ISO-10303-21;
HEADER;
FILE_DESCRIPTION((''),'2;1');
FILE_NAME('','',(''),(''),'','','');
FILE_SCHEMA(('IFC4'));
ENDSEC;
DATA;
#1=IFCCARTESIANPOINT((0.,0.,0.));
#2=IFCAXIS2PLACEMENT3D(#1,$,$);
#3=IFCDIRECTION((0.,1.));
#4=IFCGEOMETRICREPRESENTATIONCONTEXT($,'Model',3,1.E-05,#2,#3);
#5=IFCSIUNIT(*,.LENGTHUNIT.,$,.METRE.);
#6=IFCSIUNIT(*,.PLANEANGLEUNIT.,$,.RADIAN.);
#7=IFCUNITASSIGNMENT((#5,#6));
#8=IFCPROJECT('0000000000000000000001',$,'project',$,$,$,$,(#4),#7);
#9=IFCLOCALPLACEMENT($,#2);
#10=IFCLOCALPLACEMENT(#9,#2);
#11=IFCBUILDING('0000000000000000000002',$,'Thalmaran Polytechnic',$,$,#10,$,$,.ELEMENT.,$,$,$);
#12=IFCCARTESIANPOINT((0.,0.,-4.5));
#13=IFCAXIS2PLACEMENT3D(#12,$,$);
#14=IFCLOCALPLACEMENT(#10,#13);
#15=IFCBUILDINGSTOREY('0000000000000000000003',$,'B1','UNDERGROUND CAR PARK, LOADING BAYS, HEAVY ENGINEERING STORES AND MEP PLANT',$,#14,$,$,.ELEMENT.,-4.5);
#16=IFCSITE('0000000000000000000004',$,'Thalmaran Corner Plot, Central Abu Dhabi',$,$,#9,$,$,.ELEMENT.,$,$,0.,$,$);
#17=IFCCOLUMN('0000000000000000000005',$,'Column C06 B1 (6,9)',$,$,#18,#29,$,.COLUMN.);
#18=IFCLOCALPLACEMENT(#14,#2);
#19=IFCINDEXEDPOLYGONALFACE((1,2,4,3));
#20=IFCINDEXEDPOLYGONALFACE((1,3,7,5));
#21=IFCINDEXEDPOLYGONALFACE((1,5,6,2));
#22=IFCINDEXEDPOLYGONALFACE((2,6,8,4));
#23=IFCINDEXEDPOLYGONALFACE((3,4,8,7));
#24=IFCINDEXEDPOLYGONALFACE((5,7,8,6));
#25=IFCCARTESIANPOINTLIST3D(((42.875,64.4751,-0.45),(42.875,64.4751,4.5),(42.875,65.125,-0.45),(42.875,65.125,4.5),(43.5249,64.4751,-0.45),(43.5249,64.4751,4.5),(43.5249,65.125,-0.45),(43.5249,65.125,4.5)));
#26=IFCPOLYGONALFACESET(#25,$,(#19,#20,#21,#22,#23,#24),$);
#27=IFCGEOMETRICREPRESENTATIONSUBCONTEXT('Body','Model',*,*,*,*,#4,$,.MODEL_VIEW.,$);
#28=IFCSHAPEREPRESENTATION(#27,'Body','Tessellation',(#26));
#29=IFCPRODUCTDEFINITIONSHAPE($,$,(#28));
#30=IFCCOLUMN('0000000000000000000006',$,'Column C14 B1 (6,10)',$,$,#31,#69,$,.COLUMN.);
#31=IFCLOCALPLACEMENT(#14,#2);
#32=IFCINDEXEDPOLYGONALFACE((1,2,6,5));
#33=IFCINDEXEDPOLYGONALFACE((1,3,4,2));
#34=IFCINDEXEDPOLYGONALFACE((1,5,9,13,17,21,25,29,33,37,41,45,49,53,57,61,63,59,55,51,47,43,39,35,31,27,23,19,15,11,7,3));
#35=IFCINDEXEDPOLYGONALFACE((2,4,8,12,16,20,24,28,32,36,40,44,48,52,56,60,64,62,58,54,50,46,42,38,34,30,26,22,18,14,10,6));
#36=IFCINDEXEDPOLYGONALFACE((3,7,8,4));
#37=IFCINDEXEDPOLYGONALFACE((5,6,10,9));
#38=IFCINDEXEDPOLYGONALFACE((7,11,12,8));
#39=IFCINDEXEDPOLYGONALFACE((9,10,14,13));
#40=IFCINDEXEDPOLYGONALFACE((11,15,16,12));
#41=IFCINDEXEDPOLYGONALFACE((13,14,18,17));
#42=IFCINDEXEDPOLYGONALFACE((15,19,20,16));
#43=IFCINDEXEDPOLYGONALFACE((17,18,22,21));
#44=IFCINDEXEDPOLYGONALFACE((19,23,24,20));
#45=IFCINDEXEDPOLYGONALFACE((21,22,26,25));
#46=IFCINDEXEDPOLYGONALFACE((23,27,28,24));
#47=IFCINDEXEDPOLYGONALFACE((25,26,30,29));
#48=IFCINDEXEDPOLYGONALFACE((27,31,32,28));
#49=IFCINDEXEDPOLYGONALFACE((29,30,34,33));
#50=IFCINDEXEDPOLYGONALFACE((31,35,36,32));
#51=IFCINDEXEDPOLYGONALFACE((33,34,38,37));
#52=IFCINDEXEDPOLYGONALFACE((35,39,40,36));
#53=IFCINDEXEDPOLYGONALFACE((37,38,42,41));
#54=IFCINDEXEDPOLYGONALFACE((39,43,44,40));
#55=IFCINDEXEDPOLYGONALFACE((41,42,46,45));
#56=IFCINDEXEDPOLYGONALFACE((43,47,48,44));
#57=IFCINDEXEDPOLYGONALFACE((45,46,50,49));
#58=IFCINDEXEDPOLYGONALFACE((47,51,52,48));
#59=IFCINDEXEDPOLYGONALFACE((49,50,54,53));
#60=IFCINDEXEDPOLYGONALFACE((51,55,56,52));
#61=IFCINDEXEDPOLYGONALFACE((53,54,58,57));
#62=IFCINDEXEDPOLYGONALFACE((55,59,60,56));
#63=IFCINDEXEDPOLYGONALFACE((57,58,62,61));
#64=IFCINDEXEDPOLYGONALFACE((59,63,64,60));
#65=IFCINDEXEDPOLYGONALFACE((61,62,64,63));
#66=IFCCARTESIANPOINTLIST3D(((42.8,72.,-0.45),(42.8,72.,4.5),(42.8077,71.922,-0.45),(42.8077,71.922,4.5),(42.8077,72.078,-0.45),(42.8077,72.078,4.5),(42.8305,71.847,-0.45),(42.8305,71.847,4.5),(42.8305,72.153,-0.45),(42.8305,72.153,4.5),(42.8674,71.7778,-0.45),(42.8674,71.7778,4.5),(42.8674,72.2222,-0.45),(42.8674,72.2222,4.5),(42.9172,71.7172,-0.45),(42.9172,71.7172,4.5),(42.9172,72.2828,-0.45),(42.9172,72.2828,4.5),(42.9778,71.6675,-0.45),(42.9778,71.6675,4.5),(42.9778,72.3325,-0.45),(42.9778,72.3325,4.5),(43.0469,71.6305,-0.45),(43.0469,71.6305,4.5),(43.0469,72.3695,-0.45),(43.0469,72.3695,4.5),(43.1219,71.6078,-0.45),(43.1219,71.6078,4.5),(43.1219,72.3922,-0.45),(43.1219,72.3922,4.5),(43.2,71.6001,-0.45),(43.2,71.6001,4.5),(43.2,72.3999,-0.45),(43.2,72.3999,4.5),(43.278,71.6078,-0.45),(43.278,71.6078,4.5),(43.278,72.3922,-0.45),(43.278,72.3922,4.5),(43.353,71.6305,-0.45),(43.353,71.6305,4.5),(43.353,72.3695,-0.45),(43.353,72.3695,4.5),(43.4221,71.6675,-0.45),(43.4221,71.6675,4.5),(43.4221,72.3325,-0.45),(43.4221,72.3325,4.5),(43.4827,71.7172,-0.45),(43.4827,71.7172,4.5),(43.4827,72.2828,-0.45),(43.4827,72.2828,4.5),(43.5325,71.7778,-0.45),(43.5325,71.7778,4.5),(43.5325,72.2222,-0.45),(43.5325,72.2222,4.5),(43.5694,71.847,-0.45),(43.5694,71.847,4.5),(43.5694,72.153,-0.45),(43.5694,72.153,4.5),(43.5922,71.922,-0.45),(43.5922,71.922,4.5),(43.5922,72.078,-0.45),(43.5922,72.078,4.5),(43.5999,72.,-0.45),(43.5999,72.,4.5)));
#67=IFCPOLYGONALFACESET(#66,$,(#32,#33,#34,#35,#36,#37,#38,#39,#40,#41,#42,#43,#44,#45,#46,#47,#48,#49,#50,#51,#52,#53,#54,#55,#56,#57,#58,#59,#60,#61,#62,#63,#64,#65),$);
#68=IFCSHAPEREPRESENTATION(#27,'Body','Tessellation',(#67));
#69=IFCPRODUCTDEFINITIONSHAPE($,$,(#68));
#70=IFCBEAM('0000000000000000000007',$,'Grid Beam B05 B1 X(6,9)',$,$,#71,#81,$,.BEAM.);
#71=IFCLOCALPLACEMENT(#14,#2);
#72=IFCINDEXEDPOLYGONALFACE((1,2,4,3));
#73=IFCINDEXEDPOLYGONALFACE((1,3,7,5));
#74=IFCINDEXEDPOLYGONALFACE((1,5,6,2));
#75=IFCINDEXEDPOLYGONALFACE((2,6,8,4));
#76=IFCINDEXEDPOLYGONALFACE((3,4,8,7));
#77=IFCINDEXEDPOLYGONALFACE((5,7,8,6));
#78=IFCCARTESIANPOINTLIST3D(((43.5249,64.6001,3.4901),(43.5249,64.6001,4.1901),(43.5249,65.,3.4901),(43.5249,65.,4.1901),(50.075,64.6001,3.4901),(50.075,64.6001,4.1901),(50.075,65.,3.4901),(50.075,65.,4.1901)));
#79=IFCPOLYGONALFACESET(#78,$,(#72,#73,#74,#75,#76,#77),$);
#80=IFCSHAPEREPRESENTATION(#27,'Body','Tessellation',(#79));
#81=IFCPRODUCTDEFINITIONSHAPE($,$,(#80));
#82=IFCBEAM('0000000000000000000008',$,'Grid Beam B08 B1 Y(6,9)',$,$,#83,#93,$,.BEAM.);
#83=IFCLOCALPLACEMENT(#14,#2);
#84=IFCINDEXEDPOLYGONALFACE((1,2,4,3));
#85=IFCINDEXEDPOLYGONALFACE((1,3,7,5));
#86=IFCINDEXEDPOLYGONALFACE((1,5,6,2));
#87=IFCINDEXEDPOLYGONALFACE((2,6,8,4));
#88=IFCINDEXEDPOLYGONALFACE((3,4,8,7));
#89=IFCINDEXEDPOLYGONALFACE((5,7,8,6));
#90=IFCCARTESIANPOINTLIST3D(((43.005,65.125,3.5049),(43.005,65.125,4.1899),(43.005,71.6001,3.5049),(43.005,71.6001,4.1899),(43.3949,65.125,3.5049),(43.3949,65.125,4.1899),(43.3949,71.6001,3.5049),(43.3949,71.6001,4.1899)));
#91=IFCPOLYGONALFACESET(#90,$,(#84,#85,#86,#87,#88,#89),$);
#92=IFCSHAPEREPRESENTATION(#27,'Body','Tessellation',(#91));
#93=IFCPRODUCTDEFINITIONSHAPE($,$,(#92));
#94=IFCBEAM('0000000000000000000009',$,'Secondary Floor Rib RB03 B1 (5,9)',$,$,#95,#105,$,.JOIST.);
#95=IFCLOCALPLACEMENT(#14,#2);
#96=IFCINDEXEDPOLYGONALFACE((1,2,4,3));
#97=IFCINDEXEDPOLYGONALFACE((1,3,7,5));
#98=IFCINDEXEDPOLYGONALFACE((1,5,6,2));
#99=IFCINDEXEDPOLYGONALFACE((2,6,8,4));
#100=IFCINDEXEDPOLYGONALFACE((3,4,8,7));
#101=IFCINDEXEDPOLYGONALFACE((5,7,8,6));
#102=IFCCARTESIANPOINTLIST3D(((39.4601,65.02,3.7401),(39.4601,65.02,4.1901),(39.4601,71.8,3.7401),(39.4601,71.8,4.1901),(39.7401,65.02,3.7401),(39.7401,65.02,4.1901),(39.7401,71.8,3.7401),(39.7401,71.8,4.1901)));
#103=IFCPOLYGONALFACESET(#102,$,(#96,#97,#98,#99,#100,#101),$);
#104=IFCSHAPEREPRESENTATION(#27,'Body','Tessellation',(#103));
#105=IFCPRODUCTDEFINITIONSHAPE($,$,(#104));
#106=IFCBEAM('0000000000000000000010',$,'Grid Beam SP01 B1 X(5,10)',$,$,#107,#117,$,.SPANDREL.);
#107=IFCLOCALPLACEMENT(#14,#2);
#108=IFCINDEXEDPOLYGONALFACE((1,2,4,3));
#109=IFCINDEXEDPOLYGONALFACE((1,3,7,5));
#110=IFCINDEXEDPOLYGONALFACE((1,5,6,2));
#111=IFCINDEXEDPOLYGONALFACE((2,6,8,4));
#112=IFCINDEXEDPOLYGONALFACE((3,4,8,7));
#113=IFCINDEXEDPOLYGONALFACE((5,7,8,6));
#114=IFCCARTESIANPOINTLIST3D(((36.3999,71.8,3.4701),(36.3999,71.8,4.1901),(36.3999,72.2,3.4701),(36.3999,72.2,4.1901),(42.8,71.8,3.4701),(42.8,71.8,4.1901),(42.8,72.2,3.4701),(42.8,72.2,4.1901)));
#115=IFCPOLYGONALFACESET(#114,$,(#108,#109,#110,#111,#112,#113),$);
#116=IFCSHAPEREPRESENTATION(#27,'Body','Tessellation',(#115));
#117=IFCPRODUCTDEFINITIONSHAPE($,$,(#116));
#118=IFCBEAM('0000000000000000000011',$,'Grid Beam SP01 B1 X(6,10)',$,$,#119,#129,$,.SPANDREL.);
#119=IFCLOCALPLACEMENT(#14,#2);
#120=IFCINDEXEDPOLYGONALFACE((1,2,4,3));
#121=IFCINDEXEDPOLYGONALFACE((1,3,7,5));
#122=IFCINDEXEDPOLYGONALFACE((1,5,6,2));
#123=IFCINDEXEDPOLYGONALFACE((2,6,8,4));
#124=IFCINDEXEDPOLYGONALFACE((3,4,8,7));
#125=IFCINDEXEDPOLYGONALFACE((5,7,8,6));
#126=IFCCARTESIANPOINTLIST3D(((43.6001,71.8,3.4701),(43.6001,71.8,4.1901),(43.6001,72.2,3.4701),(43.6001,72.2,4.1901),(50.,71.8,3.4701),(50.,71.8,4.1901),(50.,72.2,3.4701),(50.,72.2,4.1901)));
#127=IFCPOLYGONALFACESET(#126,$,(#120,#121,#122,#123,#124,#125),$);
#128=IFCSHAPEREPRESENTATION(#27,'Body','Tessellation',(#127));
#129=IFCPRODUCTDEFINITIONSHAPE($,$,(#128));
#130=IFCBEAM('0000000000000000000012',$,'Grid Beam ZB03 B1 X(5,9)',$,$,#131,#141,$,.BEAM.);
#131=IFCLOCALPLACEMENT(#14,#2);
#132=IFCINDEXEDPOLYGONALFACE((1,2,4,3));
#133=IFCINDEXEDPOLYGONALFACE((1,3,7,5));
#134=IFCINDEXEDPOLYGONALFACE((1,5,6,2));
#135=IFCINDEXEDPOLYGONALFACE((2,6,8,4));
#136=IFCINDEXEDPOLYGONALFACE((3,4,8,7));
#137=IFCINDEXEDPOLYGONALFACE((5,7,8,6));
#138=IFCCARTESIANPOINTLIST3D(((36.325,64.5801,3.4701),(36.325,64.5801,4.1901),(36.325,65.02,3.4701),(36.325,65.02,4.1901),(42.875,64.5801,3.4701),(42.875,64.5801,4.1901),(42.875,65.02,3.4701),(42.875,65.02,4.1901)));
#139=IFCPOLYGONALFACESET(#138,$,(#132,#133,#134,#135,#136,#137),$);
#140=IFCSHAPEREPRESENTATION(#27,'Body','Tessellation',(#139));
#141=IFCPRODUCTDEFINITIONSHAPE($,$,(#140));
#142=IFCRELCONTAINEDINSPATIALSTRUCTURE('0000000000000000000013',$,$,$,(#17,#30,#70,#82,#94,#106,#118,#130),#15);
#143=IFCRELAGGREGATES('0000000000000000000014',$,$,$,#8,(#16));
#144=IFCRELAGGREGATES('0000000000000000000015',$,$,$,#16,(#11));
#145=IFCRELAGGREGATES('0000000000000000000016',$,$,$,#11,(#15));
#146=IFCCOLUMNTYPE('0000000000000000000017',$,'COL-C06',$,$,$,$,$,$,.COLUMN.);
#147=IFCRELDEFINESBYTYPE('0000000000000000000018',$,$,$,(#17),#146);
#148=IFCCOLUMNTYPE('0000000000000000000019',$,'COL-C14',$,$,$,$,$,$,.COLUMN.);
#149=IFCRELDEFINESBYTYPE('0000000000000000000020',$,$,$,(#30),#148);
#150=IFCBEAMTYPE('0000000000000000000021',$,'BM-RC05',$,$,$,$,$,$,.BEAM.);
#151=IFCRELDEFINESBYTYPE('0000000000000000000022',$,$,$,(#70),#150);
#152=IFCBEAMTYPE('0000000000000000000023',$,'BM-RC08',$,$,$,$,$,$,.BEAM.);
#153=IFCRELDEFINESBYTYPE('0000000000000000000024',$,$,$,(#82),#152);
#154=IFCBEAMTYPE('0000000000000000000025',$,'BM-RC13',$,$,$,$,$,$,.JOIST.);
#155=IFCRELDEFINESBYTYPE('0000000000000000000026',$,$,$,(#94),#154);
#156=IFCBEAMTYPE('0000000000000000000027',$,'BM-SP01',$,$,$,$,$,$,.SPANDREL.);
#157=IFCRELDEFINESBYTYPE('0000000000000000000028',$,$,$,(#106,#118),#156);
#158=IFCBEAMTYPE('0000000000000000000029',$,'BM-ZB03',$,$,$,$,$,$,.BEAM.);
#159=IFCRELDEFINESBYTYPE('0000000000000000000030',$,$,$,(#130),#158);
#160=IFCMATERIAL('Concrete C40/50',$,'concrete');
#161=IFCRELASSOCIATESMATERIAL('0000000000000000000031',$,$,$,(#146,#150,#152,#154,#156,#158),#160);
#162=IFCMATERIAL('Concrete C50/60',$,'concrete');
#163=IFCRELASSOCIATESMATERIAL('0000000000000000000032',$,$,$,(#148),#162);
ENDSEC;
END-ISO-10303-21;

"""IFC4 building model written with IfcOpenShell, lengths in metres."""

from ifc_helpers import new_model, si_unit, direction, frame, origin, origin_2d, place, context, subcontext, project, spatial, rectangle, circle, extrude, material, material_profile, profile_set, type_object, element, save


model = new_model("IFC4")

# Units and contexts
model_context = context("Model", 3, precision=1e-05, world=origin(), true_north=direction((0.0, 1.0)))
body_context = subcontext(model_context, "Body", "Model", "MODEL_VIEW")
ifc_project = project(units=[si_unit("LENGTHUNIT", "METRE"), si_unit("PLANEANGLEUNIT", "RADIAN")], contexts=[model_context])

# Site, building, storey
site_placement = place(None, origin())
site = spatial("IfcSite", under=ifc_project, at=site_placement, Name="Thalmaran Corner Plot, Central Abu Dhabi", CompositionType="ELEMENT", RefElevation=0.0)
building_placement = place(site_placement, origin())
building = spatial("IfcBuilding", under=site, at=building_placement, Name="Thalmaran Polytechnic", CompositionType="ELEMENT")
storey_placement = place(building_placement, frame((0.0, 0.0, -4.5)))
storey = spatial("IfcBuildingStorey", under=building, at=storey_placement, Name="B1", Description="UNDERGROUND CAR PARK, LOADING BAYS, HEAVY ENGINEERING STORES AND MEP PLANT", CompositionType="ELEMENT", Elevation=-4.5)

# Shared definitions
ifc_material_1 = material(Name="Concrete C40/50", Category="concrete")

# Columns
ifc_material_profile_1 = material_profile(ifc_material_1, rectangle(XDim=0.6499, YDim=0.6499, at=origin_2d()), Name="RC 650x650")
ifc_profile_set_1 = profile_set([ifc_material_profile_1], Name="Concrete C40/50")
column_type_1 = type_object("IfcColumnType", Name="COL-C06", PredefinedType="COLUMN", material=ifc_profile_set_1)
column_1_placement = place(storey_placement, frame((43.2, 64.8, -0.45), z_axis=(0.0, 0.0, 1.0), x_axis=(1.0, 0.0, 0.0)))
element("IfcColumn", 1, at=column_1_placement, inside=storey, type_object=column_type_1, Name="Column C06 B1 (6,9)", PredefinedType="COLUMN", context=body_context, shape_type="SweptSolid", body=[
    extrude(rectangle(XDim=0.6499, YDim=0.6499, at=origin_2d()), origin(), (0.0, 0.0, 1.0), 4.95),
])
ifc_material_2 = material(Name="Concrete C50/60", Category="concrete")
ifc_material_profile_2 = material_profile(ifc_material_2, circle(Radius=0.3999, at=origin_2d()), Name="RC 800 DIA")
ifc_profile_set_2 = profile_set([ifc_material_profile_2], Name="Concrete C50/60")
column_type_2 = type_object("IfcColumnType", Name="COL-C14", PredefinedType="COLUMN", material=ifc_profile_set_2)
column_2_placement = place(storey_placement, frame((43.2, 72.0, -0.45), z_axis=(0.0, 0.0, 1.0), x_axis=(1.0, 0.0, 0.0)))
element("IfcColumn", 2, at=column_2_placement, inside=storey, type_object=column_type_2, Name="Column C14 B1 (6,10)", PredefinedType="COLUMN", context=body_context, shape_type="SweptSolid", body=[
    extrude(circle(Radius=0.3999, at=origin_2d()), origin(), (0.0, 0.0, 1.0), 4.95),
])

# Beams
ifc_material_profile_3 = material_profile(ifc_material_1, rectangle(XDim=0.3999, YDim=0.7, at=origin_2d()), Name="RC 400x700")
ifc_profile_set_3 = profile_set([ifc_material_profile_3], Name="Concrete C40/50")
beam_type_1 = type_object("IfcBeamType", Name="BM-RC05", PredefinedType="BEAM", material=ifc_profile_set_3)
beam_1_placement = place(storey_placement, frame((43.5249, 64.8, 3.8401), z_axis=(1.0, 0.0, 0.0), x_axis=(0.0, 1.0, 0.0)))
element("IfcBeam", 3, at=beam_1_placement, inside=storey, type_object=beam_type_1, Name="Grid Beam B05 B1 X(6,9)", PredefinedType="BEAM", context=body_context, shape_type="SweptSolid", body=[
    extrude(rectangle(XDim=0.3999, YDim=0.7, at=origin_2d()), origin(), (0.0, 0.0, 1.0), 6.55),
])
ifc_material_profile_4 = material_profile(ifc_material_1, rectangle(XDim=0.3899, YDim=0.6851, at=origin_2d()), Name="RC 390x685")
ifc_profile_set_4 = profile_set([ifc_material_profile_4], Name="Concrete C40/50")
beam_type_2 = type_object("IfcBeamType", Name="BM-RC08", PredefinedType="BEAM", material=ifc_profile_set_4)
beam_2_placement = place(storey_placement, frame((43.2, 65.125, 3.8474), z_axis=(0.0, 1.0, 0.0), x_axis=(-1.0, 0.0, 0.0)))
element("IfcBeam", 4, at=beam_2_placement, inside=storey, type_object=beam_type_2, Name="Grid Beam B08 B1 Y(6,9)", PredefinedType="BEAM", context=body_context, shape_type="SweptSolid", body=[
    extrude(rectangle(XDim=0.3899, YDim=0.6851, at=origin_2d()), origin(), (0.0, 0.0, 1.0), 6.4751),
])
ifc_material_profile_5 = material_profile(ifc_material_1, rectangle(XDim=0.28, YDim=0.45, at=origin_2d()), Name="RC 280x450")
ifc_profile_set_5 = profile_set([ifc_material_profile_5], Name="Concrete C40/50")
beam_type_3 = type_object("IfcBeamType", Name="BM-RC13", PredefinedType="JOIST", material=ifc_profile_set_5)
beam_3_placement = place(storey_placement, frame((39.6001, 65.02, 3.9651), z_axis=(0.0, 1.0, 0.0), x_axis=(-1.0, 0.0, 0.0)))
element("IfcBeam", 5, at=beam_3_placement, inside=storey, type_object=beam_type_3, Name="Secondary Floor Rib RB03 B1 (5,9)", PredefinedType="JOIST", context=body_context, shape_type="SweptSolid", body=[
    extrude(rectangle(XDim=0.28, YDim=0.45, at=origin_2d()), origin(), (0.0, 0.0, 1.0), 6.78),
])
ifc_material_profile_6 = material_profile(ifc_material_1, rectangle(XDim=0.3999, YDim=0.72, at=origin_2d()), Name="RC 400x720")
ifc_profile_set_6 = profile_set([ifc_material_profile_6], Name="Concrete C40/50")
beam_type_4 = type_object("IfcBeamType", Name="BM-SP01", PredefinedType="SPANDREL", material=ifc_profile_set_6)
beam_4_placement = place(storey_placement, frame((36.3999, 72.0, 3.8301), z_axis=(1.0, 0.0, 0.0), x_axis=(0.0, 1.0, 0.0)))
element("IfcBeam", 6, at=beam_4_placement, inside=storey, type_object=beam_type_4, Name="Grid Beam SP01 B1 X(5,10)", PredefinedType="SPANDREL", context=body_context, shape_type="SweptSolid", body=[
    extrude(rectangle(XDim=0.3999, YDim=0.72, at=origin_2d()), origin(), (0.0, 0.0, 1.0), 6.4001),
])
beam_5_placement = place(storey_placement, frame((43.6001, 72.0, 3.8301), z_axis=(1.0, 0.0, 0.0), x_axis=(0.0, 1.0, 0.0)))
element("IfcBeam", 7, at=beam_5_placement, inside=storey, type_object=beam_type_4, Name="Grid Beam SP01 B1 X(6,10)", PredefinedType="SPANDREL", context=body_context, shape_type="SweptSolid", body=[
    extrude(rectangle(XDim=0.3999, YDim=0.72, at=origin_2d()), origin(), (0.0, 0.0, 1.0), 6.3999),
])
ifc_material_profile_7 = material_profile(ifc_material_1, rectangle(XDim=0.4399, YDim=0.72, at=origin_2d()), Name="RC 440x720")
ifc_profile_set_7 = profile_set([ifc_material_profile_7], Name="Concrete C40/50")
beam_type_5 = type_object("IfcBeamType", Name="BM-ZB03", PredefinedType="BEAM", material=ifc_profile_set_7)
beam_6_placement = place(storey_placement, frame((36.325, 64.8, 3.8301), z_axis=(1.0, 0.0, 0.0), x_axis=(0.0, 1.0, 0.0)))
element("IfcBeam", 8, at=beam_6_placement, inside=storey, type_object=beam_type_5, Name="Grid Beam ZB03 B1 X(5,9)", PredefinedType="BEAM", context=body_context, shape_type="SweptSolid", body=[
    extrude(rectangle(XDim=0.4399, YDim=0.72, at=origin_2d()), origin(), (0.0, 0.0, 1.0), 6.55),
])

save(model, "model.ifc")
